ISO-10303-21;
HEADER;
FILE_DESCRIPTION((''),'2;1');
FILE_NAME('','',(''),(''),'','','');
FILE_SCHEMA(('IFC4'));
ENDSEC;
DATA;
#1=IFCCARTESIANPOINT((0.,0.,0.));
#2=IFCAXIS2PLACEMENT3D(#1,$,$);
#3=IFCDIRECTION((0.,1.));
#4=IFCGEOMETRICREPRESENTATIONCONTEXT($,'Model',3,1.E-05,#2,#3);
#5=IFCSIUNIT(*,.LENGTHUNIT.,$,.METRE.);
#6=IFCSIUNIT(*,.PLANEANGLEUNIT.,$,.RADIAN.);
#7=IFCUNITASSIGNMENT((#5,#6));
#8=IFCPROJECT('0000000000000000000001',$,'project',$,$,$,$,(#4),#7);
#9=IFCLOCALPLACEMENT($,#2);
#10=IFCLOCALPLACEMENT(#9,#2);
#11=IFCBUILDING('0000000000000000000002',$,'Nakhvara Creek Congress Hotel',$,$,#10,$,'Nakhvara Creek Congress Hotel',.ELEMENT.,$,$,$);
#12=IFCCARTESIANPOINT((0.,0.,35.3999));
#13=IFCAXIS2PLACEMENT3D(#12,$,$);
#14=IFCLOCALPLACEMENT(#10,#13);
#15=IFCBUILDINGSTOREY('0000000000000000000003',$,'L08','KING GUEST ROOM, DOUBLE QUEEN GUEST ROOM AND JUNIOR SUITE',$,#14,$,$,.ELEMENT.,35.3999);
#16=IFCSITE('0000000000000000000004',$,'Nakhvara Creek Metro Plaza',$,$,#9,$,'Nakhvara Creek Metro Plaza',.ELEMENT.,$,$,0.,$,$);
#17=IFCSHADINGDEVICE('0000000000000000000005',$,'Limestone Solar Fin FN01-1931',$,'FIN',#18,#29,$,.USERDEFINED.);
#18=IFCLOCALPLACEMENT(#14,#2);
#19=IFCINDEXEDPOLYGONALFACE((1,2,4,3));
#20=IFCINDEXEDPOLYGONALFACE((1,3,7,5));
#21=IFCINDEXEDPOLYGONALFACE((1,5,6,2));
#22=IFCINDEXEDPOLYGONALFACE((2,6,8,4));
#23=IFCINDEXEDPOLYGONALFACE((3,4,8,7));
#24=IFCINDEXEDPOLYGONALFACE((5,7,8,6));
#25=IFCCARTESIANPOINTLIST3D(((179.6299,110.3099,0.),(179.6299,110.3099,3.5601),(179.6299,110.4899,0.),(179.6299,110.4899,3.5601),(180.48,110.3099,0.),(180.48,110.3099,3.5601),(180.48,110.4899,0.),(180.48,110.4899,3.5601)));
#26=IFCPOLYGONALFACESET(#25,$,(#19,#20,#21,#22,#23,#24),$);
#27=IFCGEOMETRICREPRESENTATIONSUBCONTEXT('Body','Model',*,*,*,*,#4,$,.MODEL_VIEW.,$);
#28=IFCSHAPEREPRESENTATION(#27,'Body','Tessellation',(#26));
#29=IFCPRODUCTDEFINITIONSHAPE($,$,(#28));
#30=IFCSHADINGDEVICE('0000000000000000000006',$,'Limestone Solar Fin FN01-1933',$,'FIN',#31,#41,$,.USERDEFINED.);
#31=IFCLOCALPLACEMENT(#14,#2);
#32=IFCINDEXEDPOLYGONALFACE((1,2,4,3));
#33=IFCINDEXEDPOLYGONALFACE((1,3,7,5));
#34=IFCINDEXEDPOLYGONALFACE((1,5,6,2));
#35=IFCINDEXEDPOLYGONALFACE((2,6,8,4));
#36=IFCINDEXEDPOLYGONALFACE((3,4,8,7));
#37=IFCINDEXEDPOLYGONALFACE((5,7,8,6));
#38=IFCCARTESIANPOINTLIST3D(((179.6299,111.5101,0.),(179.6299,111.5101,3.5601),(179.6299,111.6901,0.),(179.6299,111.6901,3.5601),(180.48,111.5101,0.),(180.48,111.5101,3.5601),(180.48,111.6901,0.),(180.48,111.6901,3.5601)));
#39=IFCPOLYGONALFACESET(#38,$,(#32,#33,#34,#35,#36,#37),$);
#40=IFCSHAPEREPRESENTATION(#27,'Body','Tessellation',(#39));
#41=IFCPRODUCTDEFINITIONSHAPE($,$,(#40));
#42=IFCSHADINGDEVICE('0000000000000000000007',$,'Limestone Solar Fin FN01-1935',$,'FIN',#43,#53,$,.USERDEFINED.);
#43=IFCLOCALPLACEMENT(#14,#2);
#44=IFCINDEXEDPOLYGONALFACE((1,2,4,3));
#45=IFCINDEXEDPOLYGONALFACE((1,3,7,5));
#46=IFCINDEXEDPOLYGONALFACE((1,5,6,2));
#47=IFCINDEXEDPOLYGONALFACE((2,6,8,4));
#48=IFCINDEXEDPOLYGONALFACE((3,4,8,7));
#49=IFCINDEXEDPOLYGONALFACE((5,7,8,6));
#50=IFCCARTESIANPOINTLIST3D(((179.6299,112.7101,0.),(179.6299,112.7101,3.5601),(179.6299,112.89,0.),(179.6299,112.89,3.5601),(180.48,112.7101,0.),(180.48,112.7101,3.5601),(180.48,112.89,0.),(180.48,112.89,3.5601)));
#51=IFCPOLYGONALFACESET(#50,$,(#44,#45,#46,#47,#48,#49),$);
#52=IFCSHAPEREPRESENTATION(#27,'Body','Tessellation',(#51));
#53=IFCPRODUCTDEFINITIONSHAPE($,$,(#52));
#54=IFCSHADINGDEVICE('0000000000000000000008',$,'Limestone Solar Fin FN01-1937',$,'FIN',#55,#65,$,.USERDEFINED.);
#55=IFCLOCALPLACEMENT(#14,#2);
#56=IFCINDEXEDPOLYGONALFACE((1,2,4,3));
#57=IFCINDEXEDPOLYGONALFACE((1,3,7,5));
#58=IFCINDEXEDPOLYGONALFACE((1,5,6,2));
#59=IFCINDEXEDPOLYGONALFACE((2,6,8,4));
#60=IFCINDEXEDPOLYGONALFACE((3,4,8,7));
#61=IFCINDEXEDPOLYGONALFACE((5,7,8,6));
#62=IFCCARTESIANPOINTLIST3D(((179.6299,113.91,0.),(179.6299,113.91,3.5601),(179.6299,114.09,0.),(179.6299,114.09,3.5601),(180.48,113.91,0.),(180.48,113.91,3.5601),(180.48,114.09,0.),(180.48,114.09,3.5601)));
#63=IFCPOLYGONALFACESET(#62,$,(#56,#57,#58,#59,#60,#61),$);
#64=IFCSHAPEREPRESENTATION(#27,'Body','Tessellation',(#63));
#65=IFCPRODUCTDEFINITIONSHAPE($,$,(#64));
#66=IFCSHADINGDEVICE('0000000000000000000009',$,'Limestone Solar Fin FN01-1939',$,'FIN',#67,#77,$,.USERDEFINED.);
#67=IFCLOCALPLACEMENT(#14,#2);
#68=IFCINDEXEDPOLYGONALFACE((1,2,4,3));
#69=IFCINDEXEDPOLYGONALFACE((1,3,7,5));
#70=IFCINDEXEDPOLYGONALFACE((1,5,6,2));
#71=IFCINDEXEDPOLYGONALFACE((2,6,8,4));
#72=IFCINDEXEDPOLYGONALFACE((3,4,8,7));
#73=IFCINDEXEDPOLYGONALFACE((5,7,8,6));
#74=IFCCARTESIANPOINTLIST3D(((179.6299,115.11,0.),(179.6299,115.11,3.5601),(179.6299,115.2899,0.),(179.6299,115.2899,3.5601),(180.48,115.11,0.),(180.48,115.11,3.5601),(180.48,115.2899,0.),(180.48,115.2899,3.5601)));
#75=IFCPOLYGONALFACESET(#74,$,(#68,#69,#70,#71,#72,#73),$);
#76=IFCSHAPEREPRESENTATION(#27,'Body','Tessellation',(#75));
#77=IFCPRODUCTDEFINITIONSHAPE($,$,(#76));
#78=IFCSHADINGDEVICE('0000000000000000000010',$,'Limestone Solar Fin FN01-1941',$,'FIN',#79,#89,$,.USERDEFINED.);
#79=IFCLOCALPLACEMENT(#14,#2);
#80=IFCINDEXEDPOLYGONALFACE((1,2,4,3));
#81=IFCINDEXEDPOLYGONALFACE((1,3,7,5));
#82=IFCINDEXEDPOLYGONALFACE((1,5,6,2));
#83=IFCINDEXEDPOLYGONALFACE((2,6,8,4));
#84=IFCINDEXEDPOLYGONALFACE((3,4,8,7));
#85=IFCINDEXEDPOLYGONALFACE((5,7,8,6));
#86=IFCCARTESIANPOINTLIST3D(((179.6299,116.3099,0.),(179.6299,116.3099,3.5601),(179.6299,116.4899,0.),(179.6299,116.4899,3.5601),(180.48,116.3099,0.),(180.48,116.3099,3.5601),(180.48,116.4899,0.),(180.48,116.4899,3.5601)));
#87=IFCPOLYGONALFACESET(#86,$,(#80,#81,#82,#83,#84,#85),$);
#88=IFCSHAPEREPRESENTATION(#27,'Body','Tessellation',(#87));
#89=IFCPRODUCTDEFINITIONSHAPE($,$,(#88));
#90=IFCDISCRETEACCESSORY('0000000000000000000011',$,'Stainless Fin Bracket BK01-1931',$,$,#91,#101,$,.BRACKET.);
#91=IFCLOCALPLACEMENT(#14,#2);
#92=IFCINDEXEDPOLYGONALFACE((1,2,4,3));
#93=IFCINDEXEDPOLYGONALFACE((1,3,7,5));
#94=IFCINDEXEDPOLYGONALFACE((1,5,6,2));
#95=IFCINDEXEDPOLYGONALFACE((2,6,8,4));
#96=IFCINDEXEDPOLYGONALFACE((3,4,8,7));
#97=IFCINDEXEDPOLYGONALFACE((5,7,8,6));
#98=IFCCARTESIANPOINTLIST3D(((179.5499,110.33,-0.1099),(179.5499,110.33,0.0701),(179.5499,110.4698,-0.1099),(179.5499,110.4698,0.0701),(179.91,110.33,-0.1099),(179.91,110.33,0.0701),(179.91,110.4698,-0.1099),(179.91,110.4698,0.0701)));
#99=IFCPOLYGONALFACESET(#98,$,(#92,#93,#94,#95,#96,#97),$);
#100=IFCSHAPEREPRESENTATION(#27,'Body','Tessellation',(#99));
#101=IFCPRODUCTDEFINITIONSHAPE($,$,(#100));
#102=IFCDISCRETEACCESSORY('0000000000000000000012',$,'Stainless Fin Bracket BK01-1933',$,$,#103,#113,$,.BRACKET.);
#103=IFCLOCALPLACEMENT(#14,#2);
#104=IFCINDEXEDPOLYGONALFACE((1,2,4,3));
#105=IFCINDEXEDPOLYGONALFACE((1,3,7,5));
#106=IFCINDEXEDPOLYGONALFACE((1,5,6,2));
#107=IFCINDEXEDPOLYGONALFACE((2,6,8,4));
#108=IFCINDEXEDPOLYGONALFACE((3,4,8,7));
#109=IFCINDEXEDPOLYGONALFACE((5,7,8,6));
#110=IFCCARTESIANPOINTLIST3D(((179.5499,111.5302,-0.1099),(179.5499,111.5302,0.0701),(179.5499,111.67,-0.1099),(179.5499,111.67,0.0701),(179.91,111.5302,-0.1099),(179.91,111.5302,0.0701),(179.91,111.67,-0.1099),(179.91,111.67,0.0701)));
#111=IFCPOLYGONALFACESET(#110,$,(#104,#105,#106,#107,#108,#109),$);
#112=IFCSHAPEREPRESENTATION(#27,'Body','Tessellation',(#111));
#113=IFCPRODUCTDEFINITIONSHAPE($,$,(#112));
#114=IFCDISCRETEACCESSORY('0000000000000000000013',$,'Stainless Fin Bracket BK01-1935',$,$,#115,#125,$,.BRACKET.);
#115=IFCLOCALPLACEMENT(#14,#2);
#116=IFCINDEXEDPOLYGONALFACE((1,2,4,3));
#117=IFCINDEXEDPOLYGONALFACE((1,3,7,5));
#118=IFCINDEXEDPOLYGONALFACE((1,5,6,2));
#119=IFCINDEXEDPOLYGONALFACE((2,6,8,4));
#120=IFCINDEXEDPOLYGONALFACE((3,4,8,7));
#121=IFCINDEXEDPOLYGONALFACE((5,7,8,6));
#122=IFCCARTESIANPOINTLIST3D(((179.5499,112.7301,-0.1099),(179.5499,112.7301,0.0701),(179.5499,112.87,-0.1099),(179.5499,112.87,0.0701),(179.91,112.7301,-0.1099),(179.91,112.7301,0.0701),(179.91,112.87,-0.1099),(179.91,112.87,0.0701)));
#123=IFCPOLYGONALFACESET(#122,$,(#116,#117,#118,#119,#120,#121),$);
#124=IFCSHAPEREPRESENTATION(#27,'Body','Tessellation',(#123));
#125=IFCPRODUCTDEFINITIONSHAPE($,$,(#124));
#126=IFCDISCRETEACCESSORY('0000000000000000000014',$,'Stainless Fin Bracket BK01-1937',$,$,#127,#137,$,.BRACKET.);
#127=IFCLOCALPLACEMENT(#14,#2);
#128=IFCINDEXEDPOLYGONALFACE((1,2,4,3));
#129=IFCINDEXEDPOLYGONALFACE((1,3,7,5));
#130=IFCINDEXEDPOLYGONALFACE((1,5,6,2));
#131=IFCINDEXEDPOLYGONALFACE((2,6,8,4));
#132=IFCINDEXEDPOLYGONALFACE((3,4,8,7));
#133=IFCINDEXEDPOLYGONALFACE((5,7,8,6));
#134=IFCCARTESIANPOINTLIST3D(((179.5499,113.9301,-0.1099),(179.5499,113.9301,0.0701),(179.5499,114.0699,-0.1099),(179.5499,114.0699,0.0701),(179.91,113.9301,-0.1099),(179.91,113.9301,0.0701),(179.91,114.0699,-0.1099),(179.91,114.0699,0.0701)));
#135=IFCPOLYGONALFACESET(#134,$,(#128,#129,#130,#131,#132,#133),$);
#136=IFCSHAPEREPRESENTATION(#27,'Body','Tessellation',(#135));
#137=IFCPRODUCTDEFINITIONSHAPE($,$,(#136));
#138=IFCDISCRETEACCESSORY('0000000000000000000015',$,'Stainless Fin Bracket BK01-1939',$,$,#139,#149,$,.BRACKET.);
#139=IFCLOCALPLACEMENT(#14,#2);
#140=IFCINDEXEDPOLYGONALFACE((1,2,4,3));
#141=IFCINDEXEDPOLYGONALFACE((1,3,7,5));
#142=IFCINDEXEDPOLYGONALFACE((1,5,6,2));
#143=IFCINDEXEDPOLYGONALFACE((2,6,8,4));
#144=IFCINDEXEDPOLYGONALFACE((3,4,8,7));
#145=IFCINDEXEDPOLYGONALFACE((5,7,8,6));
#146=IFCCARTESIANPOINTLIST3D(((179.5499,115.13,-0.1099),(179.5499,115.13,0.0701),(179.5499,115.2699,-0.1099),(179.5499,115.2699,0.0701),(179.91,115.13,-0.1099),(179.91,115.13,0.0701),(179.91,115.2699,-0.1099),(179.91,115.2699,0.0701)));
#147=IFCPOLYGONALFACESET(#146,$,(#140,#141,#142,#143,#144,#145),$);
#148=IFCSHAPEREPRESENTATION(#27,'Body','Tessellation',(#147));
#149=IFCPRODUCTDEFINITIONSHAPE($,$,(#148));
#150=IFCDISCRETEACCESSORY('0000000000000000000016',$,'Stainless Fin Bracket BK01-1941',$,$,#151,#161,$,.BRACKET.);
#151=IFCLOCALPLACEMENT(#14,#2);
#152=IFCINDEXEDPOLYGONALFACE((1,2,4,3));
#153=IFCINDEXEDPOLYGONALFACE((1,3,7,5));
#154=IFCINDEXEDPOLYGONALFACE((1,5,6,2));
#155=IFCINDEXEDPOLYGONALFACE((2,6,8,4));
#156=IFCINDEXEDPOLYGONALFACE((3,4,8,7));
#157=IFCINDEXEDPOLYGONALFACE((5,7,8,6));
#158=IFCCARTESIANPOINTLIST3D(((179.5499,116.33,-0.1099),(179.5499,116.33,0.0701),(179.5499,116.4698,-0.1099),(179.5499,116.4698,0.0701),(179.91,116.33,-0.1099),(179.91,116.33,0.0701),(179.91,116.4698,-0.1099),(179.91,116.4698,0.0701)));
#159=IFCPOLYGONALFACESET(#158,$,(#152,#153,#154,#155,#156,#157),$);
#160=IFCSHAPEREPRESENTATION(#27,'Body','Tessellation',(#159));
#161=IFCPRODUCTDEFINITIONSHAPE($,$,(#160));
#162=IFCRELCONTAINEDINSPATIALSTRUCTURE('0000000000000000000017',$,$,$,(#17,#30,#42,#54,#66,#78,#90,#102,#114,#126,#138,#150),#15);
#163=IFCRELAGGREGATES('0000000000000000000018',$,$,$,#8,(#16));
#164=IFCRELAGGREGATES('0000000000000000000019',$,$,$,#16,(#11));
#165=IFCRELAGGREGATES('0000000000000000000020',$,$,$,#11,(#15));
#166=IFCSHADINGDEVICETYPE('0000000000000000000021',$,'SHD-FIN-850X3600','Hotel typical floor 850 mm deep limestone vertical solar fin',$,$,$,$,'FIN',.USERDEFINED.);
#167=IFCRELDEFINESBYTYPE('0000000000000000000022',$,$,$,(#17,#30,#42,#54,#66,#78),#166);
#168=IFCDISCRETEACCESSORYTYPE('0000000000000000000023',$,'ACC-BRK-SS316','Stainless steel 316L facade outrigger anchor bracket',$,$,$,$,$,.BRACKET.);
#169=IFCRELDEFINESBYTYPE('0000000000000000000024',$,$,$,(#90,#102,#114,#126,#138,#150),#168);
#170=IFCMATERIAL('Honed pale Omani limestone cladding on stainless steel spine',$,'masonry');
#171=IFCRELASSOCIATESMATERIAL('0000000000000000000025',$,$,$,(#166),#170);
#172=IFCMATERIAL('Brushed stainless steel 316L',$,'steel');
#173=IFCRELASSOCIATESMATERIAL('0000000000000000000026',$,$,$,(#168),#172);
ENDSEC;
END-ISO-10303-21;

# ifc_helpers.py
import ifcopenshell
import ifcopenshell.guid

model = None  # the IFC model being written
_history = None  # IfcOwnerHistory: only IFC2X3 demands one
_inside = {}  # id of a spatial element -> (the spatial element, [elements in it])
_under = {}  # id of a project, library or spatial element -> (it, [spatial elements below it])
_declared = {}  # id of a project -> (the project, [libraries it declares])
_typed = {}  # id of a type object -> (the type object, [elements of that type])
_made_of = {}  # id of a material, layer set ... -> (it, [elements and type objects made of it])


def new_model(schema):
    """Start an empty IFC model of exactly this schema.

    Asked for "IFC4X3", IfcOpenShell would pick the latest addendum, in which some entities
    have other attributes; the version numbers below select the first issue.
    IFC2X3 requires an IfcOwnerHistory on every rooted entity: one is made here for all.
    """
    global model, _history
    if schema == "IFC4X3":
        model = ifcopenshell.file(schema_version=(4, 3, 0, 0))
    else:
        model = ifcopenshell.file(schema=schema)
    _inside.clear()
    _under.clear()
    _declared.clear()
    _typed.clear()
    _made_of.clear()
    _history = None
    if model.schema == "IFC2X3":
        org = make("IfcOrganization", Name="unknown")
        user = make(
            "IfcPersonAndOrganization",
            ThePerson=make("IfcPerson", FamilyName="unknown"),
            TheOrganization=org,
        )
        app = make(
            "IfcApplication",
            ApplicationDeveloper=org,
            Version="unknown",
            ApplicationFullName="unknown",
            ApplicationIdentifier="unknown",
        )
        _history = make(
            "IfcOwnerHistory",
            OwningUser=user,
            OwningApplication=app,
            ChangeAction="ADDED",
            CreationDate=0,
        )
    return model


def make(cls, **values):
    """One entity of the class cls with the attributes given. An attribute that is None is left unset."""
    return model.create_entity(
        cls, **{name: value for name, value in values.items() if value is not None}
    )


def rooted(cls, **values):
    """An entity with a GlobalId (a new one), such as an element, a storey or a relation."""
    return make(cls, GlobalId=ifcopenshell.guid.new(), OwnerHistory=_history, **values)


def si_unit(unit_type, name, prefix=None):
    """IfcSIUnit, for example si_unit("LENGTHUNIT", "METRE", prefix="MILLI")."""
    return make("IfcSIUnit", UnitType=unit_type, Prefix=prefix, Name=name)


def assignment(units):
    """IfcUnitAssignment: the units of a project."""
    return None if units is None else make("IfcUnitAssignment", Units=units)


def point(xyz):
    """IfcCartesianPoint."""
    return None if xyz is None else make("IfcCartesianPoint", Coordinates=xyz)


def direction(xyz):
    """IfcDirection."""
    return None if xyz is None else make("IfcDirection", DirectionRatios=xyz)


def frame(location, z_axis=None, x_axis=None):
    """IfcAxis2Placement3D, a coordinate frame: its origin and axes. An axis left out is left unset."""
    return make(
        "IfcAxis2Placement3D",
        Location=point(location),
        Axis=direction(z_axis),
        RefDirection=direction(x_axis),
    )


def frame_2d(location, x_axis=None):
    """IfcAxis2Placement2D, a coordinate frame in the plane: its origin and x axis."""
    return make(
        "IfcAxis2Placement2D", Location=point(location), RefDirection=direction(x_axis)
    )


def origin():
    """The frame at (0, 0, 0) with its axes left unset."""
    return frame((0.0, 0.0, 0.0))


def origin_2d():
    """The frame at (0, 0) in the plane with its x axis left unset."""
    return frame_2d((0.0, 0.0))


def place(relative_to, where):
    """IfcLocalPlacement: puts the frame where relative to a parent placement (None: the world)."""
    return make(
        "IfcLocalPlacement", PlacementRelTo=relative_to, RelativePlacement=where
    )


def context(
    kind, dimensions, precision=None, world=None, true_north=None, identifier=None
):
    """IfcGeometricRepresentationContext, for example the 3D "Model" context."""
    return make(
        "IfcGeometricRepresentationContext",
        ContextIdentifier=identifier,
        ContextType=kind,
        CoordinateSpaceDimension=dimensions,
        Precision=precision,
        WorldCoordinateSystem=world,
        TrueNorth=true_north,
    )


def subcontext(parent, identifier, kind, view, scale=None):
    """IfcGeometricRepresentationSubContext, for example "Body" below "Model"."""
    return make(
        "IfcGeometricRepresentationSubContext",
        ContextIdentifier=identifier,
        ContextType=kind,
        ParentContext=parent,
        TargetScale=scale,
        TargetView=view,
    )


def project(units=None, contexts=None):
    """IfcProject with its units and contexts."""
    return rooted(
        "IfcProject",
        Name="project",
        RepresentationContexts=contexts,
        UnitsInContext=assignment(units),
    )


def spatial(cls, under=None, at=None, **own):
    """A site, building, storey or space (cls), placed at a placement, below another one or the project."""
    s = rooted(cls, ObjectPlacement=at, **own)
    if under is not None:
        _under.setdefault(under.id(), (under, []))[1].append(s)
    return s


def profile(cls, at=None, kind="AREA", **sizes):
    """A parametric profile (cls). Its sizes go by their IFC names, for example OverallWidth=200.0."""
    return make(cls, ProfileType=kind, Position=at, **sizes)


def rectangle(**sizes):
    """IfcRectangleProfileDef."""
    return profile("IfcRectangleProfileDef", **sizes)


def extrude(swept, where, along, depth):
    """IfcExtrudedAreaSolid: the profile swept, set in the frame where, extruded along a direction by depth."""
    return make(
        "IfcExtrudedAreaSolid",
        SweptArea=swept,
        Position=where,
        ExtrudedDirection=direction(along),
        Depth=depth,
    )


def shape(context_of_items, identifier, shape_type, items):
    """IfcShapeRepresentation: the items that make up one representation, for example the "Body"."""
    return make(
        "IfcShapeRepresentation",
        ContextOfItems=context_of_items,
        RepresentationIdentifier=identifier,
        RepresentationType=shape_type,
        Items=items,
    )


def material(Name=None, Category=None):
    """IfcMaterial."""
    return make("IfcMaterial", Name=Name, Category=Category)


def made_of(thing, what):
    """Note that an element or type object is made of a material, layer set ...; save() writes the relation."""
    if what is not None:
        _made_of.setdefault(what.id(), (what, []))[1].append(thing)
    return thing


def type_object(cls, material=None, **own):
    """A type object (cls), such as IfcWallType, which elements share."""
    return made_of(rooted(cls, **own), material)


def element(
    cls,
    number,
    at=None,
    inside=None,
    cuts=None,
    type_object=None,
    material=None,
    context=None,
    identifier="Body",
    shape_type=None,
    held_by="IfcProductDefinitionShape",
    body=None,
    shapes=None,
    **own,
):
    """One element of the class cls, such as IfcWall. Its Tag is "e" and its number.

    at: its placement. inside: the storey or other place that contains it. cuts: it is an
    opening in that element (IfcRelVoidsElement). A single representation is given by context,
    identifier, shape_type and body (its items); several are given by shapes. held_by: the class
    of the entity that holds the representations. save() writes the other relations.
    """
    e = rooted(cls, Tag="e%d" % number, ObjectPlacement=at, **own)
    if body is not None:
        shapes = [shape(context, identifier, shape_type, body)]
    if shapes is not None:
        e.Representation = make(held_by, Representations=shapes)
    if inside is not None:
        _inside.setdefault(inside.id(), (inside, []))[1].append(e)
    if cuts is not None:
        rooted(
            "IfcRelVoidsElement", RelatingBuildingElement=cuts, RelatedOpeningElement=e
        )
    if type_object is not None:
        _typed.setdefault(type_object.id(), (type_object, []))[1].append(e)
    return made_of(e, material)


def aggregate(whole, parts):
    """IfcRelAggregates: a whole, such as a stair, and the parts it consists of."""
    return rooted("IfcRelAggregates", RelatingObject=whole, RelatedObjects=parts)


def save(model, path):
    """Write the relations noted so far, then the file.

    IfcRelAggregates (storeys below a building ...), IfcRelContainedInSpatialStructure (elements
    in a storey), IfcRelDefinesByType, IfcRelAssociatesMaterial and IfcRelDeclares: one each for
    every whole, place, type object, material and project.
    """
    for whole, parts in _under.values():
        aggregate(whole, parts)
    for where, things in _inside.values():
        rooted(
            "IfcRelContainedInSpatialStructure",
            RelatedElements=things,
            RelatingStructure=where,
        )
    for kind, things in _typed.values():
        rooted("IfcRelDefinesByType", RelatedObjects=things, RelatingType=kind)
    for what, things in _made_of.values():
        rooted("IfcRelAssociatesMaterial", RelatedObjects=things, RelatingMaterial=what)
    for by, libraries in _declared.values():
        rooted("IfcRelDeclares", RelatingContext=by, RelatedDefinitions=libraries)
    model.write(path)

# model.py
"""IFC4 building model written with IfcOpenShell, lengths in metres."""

from ifc_helpers import new_model, si_unit, direction, frame, origin, origin_2d, place, context, subcontext, project, spatial, rectangle, extrude, material, type_object, element, save


model = new_model("IFC4")

# Units and contexts
model_context = context("Model", 3, precision=1e-05, world=origin(), true_north=direction((0.0, 1.0)))
body_context = subcontext(model_context, "Body", "Model", "MODEL_VIEW")
ifc_project = project(units=[si_unit("LENGTHUNIT", "METRE"), si_unit("PLANEANGLEUNIT", "RADIAN")], contexts=[model_context])

# Site, building, storey
site_placement = place(None, origin())
site = spatial("IfcSite", under=ifc_project, at=site_placement, Name="Nakhvara Creek Metro Plaza", LongName="Nakhvara Creek Metro Plaza", CompositionType="ELEMENT", RefElevation=0.0)
building_placement = place(site_placement, origin())
building = spatial("IfcBuilding", under=site, at=building_placement, Name="Nakhvara Creek Congress Hotel", LongName="Nakhvara Creek Congress Hotel", CompositionType="ELEMENT")
storey_placement = place(building_placement, frame((0.0, 0.0, 35.3999)))
storey = spatial("IfcBuildingStorey", under=building, at=storey_placement, Name="L08", Description="KING GUEST ROOM, DOUBLE QUEEN GUEST ROOM AND JUNIOR SUITE", CompositionType="ELEMENT", Elevation=35.3999)

# Shading devices
ifc_material_1 = material(Name="Honed pale Omani limestone cladding on stainless steel spine", Category="masonry")
shading_device_type = type_object("IfcShadingDeviceType", Name="SHD-FIN-850X3600", Description="Hotel typical floor 850 mm deep limestone vertical solar fin", ElementType="FIN", PredefinedType="USERDEFINED", material=ifc_material_1)
for number, where, z_axis, x_axis, name in (
    (1, (180.0549, 110.3999, 0.0), (0.0, 0.0, 1.0), (0.0, 1.0, 0.0), "Limestone Solar Fin FN01-1931"),
    (2, (180.0549, 111.6001, 0.0), (0.0, 0.0, 1.0), (0.0, 1.0, 0.0), "Limestone Solar Fin FN01-1933"),
    (3, (180.0549, 112.8, 0.0), (0.0, 0.0, 1.0), (0.0, 1.0, 0.0), "Limestone Solar Fin FN01-1935"),
    (4, (180.0549, 114.0, 0.0), (0.0, 0.0, 1.0), (0.0, 1.0, 0.0), "Limestone Solar Fin FN01-1937"),
    (5, (180.0549, 115.2, 0.0), (0.0, 0.0, 1.0), (0.0, 1.0, 0.0), "Limestone Solar Fin FN01-1939"),
    (6, (180.0549, 116.3999, 0.0), (0.0, 0.0, 1.0), (0.0, 1.0, 0.0), "Limestone Solar Fin FN01-1941"),
):
    element("IfcShadingDevice", number, at=place(storey_placement, frame(where, z_axis=z_axis, x_axis=x_axis)), inside=storey, type_object=shading_device_type, Name=name, ObjectType="FIN", PredefinedType="USERDEFINED", context=body_context, shape_type="SweptSolid", body=[
        extrude(rectangle(XDim=0.1799, YDim=0.8501, at=origin_2d()), origin(), (0.0, 0.0, 1.0), 3.5601),
    ])

# Discrete accessories
ifc_material_2 = material(Name="Brushed stainless steel 316L", Category="steel")
discrete_accessory_type = type_object("IfcDiscreteAccessoryType", Name="ACC-BRK-SS316", Description="Stainless steel 316L facade outrigger anchor bracket", PredefinedType="BRACKET", material=ifc_material_2)
for number, where, z_axis, x_axis, name in (
    (7, (179.73, 110.3999, -0.1099), (0.0, 0.0, 1.0), (0.0, 1.0, 0.0), "Stainless Fin Bracket BK01-1931"),
    (8, (179.73, 111.6001, -0.1099), (0.0, 0.0, 1.0), (0.0, 1.0, 0.0), "Stainless Fin Bracket BK01-1933"),
    (9, (179.73, 112.8, -0.1099), (0.0, 0.0, 1.0), (0.0, 1.0, 0.0), "Stainless Fin Bracket BK01-1935"),
    (10, (179.73, 114.0, -0.1099), (0.0, 0.0, 1.0), (0.0, 1.0, 0.0), "Stainless Fin Bracket BK01-1937"),
    (11, (179.73, 115.2, -0.1099), (0.0, 0.0, 1.0), (0.0, 1.0, 0.0), "Stainless Fin Bracket BK01-1939"),
    (12, (179.73, 116.3999, -0.1099), (0.0, 0.0, 1.0), (0.0, 1.0, 0.0), "Stainless Fin Bracket BK01-1941"),
):
    element("IfcDiscreteAccessory", number, at=place(storey_placement, frame(where, z_axis=z_axis, x_axis=x_axis)), inside=storey, type_object=discrete_accessory_type, Name=name, PredefinedType="BRACKET", context=body_context, shape_type="SweptSolid", body=[
        extrude(rectangle(XDim=0.1399, YDim=0.3601, at=origin_2d()), origin(), (0.0, 0.0, 1.0), 0.1799),
    ])

save(model, "model.ifc")
